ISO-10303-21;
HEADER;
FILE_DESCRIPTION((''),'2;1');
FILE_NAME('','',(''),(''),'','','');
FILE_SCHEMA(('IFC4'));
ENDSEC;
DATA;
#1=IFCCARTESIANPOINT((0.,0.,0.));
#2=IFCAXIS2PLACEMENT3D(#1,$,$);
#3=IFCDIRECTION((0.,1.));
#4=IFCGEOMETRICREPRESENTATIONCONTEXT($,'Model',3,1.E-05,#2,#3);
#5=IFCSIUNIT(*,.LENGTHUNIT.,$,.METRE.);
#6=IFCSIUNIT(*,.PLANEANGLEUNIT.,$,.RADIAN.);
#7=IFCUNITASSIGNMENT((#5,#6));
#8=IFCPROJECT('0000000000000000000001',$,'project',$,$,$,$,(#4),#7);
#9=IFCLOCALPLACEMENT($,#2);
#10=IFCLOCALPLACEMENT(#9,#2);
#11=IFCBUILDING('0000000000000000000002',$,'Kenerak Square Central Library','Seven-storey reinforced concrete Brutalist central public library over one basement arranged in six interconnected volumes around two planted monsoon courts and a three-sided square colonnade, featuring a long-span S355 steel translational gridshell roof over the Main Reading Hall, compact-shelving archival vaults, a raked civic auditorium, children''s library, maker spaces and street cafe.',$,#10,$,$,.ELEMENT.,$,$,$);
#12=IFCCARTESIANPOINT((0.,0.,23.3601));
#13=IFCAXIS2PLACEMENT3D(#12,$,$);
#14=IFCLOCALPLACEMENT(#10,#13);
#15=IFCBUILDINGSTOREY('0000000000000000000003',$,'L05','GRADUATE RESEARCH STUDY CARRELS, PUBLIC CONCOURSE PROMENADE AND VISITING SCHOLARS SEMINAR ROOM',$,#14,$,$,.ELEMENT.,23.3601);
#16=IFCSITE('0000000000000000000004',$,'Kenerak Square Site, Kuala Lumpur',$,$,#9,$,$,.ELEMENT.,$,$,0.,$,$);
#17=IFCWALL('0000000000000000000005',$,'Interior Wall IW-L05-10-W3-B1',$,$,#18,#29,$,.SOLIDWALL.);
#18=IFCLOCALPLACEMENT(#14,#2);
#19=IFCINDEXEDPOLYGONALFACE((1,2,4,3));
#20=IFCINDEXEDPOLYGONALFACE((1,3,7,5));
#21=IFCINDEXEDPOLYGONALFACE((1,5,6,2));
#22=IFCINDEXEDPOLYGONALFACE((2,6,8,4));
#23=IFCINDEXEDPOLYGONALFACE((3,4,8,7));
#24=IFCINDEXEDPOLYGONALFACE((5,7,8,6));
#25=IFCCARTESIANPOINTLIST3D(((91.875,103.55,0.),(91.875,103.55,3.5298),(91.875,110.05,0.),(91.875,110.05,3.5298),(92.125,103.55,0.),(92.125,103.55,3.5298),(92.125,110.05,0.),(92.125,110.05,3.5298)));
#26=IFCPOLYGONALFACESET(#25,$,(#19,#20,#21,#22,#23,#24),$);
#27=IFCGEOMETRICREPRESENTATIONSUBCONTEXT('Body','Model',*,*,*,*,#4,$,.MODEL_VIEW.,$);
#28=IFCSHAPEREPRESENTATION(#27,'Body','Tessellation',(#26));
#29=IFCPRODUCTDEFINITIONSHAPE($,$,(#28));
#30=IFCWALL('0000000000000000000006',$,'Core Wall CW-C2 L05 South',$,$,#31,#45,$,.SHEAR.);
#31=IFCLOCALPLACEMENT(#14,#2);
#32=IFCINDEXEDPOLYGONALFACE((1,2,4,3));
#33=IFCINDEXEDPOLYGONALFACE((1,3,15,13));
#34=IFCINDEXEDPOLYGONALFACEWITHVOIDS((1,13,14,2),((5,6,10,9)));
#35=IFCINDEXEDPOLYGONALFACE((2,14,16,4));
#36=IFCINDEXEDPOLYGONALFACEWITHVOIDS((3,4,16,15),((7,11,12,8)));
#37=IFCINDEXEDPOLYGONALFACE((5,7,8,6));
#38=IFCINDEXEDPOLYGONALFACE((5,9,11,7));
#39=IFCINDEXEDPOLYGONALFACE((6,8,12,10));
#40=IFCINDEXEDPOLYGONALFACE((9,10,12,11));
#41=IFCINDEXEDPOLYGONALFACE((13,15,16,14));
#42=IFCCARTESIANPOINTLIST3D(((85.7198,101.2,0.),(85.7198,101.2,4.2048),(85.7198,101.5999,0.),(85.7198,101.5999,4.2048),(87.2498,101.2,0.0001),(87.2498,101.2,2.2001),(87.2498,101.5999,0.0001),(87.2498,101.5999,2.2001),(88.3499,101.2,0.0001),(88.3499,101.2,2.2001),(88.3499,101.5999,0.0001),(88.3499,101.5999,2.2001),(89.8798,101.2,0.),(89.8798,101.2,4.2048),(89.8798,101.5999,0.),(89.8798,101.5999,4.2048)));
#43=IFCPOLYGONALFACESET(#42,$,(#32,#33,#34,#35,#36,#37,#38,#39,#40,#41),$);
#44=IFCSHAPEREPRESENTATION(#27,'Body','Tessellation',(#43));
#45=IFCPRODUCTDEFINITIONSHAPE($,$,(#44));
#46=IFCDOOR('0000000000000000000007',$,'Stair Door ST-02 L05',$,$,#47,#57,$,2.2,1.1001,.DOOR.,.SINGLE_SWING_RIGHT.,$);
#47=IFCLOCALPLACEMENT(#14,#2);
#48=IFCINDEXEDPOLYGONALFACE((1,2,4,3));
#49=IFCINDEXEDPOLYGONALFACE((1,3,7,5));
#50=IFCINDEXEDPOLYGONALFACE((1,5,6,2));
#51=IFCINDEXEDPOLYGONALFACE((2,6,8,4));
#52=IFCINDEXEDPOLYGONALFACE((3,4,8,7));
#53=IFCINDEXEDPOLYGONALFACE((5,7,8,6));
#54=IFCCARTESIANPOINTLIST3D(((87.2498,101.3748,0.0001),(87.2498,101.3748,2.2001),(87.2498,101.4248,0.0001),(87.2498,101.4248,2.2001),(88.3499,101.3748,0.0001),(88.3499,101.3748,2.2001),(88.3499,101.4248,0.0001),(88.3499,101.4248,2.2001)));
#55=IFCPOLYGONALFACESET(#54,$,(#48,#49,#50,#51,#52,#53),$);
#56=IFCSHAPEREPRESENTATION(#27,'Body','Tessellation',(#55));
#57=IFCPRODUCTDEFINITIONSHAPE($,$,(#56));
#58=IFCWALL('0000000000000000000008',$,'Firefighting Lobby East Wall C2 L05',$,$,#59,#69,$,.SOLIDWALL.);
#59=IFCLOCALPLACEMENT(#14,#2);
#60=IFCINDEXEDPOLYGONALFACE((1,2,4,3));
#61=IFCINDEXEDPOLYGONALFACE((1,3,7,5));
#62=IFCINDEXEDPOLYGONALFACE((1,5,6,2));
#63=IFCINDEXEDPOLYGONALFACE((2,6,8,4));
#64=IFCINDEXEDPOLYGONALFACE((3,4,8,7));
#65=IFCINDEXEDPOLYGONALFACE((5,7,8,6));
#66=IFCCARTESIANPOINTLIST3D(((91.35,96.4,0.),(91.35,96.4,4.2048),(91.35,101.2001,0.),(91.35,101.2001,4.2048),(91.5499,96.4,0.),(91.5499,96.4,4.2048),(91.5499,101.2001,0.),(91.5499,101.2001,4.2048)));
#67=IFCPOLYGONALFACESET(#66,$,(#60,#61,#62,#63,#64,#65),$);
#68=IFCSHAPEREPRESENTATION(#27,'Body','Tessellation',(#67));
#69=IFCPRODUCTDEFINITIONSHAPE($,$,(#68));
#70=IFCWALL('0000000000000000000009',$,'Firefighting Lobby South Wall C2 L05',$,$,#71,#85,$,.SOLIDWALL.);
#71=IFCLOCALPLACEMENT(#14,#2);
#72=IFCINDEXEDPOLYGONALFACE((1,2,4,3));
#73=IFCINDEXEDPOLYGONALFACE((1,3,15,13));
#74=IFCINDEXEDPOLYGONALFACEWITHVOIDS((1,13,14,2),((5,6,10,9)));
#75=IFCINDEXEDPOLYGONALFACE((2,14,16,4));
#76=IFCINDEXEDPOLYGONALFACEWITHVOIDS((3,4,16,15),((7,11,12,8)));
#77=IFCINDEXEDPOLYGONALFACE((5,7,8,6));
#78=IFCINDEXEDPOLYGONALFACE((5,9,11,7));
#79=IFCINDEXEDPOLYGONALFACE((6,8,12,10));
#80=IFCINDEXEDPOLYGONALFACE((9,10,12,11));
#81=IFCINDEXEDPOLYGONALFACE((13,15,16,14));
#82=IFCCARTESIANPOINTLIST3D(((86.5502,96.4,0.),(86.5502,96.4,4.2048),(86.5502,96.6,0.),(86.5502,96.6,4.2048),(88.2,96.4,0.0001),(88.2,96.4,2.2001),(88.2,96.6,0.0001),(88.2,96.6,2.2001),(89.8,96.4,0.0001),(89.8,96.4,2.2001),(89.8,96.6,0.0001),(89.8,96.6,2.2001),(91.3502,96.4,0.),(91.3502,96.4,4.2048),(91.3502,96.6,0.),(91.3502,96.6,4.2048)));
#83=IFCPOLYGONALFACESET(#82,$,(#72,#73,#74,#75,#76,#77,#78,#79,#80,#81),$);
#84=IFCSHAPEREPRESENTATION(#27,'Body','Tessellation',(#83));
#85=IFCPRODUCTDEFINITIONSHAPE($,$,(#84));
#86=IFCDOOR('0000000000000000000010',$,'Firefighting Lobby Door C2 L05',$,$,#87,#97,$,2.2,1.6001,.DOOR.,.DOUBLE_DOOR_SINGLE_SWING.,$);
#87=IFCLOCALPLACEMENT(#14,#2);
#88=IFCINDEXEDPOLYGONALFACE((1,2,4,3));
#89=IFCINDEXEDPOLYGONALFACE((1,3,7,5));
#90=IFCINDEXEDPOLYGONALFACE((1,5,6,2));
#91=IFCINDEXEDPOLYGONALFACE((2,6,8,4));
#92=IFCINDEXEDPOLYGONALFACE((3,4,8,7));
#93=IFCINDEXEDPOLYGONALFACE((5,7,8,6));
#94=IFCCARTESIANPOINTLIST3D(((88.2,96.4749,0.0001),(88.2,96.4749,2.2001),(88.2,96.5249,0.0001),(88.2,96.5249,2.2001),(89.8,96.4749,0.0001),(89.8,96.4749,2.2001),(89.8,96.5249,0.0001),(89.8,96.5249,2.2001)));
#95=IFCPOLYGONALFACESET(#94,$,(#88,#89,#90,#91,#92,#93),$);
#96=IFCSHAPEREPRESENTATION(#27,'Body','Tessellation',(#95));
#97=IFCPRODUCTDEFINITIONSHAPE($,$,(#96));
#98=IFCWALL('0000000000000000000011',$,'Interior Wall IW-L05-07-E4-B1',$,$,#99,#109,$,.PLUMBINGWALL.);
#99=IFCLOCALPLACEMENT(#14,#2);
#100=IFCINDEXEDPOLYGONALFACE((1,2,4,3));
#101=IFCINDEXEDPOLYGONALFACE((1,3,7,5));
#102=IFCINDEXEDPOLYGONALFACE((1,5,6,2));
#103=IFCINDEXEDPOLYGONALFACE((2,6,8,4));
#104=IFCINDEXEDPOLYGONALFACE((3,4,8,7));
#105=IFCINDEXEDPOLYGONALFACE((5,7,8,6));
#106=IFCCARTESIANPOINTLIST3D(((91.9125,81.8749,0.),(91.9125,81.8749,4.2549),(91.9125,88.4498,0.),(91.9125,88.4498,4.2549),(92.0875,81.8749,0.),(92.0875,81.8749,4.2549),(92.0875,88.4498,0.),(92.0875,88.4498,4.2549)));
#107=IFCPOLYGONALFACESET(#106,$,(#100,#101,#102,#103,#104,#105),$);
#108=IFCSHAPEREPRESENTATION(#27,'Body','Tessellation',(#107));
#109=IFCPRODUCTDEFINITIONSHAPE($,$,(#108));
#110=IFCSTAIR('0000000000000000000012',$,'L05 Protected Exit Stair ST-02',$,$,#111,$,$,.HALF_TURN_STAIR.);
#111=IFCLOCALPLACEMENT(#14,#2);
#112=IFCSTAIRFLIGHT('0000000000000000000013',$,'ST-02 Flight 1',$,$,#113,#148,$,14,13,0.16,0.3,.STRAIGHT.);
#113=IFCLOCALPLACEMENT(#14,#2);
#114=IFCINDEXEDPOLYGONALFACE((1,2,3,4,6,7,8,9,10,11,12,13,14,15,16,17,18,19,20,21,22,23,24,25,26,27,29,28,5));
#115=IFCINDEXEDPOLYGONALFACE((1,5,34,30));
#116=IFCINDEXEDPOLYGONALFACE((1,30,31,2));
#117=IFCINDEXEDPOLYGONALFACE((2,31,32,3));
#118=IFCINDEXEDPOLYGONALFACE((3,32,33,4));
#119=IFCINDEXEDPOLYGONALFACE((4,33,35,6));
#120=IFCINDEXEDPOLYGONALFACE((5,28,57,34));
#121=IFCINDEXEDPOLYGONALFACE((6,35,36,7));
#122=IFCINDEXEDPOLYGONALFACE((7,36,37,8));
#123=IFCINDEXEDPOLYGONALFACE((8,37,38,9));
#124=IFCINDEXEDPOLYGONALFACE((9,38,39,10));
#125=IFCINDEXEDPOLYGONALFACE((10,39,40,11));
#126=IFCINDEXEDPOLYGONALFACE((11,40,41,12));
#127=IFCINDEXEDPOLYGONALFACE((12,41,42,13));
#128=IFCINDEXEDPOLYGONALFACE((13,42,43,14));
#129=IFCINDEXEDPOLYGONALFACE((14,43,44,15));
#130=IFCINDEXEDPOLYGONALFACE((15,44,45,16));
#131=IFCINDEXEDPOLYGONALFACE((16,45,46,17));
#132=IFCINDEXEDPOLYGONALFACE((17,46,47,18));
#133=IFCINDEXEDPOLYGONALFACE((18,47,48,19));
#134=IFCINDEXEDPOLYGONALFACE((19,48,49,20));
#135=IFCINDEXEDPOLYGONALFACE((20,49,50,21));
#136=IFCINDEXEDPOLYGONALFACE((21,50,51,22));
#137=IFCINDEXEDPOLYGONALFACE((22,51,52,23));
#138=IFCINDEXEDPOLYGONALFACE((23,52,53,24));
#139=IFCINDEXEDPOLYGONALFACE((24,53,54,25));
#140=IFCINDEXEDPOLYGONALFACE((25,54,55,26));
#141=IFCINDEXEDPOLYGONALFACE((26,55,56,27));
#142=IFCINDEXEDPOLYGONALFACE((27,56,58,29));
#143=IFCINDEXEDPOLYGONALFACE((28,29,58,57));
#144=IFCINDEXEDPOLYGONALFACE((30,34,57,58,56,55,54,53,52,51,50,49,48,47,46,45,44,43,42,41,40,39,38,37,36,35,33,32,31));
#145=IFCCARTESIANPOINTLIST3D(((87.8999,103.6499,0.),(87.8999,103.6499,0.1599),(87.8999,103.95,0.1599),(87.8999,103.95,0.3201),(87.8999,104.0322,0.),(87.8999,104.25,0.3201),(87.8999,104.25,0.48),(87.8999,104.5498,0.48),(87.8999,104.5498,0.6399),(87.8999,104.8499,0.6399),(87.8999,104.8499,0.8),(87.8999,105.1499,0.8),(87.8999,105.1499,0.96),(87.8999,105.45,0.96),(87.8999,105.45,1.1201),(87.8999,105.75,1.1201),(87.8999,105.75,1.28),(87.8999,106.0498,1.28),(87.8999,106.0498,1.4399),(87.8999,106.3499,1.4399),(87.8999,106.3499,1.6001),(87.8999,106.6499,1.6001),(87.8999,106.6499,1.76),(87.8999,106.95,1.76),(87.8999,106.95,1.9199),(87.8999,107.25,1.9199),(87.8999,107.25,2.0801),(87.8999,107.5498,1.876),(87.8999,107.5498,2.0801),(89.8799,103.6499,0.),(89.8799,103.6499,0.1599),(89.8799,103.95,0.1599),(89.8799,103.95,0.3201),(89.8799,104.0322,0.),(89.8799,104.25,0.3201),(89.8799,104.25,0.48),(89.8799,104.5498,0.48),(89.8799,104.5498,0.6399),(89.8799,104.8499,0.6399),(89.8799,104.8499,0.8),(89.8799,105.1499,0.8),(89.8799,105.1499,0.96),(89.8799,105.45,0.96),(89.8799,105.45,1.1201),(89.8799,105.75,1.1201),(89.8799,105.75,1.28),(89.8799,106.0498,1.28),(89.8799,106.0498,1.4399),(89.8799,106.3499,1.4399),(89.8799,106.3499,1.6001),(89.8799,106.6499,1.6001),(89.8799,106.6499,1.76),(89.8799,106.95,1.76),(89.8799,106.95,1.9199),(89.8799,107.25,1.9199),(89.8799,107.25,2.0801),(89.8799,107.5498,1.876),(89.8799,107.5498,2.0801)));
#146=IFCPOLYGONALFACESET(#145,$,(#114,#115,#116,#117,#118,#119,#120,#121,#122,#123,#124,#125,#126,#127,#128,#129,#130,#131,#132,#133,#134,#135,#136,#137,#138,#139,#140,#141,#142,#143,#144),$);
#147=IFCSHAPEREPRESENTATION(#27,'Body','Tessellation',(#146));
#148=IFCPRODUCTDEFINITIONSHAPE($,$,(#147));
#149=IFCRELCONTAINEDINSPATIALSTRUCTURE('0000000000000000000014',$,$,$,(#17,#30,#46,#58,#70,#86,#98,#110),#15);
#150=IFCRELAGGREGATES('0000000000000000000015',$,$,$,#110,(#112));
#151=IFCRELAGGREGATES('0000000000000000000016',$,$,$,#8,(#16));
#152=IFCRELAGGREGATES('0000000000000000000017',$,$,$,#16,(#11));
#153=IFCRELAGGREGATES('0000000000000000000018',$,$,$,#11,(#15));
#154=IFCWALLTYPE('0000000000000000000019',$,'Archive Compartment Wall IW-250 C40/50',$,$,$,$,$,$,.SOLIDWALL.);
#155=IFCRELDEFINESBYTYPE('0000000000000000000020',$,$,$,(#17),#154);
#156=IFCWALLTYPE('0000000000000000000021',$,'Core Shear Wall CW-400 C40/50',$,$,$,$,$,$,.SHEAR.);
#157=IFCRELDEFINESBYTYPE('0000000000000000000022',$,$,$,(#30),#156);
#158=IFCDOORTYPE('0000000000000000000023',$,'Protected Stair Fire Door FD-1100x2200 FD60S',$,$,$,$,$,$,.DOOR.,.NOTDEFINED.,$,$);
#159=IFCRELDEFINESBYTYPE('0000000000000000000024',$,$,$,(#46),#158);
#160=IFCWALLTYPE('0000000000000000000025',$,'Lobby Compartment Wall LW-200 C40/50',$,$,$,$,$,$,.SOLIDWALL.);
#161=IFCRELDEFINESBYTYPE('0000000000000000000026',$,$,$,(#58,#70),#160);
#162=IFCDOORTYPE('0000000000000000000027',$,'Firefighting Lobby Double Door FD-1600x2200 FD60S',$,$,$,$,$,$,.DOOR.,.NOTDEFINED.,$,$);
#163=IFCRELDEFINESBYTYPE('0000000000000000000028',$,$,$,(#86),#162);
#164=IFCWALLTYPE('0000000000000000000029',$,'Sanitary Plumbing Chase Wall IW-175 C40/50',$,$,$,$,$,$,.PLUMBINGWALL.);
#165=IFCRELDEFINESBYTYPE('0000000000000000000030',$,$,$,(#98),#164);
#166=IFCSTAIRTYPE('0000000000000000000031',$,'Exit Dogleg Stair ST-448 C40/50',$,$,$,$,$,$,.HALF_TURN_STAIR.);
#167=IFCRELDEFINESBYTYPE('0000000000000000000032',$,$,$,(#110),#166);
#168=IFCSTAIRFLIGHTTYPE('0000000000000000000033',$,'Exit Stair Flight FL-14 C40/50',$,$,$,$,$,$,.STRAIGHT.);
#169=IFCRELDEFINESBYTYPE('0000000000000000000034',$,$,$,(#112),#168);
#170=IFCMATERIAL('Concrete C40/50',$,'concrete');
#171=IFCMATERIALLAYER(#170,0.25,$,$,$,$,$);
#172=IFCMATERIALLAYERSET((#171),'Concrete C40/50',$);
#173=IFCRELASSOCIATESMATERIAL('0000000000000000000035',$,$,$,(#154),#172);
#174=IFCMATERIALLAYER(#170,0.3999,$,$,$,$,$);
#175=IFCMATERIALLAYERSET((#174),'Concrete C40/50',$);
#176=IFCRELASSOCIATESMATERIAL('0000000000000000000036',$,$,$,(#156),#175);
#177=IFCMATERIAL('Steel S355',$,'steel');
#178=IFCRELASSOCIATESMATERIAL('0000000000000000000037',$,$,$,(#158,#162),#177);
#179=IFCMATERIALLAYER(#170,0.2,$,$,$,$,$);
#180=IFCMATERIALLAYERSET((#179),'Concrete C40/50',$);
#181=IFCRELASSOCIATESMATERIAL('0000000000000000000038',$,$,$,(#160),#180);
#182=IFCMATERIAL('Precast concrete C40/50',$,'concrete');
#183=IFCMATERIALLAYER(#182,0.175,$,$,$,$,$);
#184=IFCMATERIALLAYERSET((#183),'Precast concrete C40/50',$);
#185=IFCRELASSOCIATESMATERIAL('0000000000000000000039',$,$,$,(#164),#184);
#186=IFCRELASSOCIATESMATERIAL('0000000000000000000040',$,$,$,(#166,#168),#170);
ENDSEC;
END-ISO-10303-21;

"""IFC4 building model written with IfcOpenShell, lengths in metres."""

from ifc_helpers import new_model, si_unit, direction, frame, frame_2d, origin, place, context, subcontext, project, spatial, polyline, rectangle, outline, extrude, material, layer, layer_set, type_object, element, fill, aggregate, save


model = new_model("IFC4")

# Units and contexts
model_context = context("Model", 3, precision=1e-05, world=origin(), true_north=direction((0.0, 1.0)))
body_context = subcontext(model_context, "Body", "Model", "MODEL_VIEW")
ifc_project = project(units=[si_unit("LENGTHUNIT", "METRE"), si_unit("PLANEANGLEUNIT", "RADIAN")], contexts=[model_context])

# Site, building, storey
site_placement = place(None, origin())
site = spatial("IfcSite", under=ifc_project, at=site_placement, Name="Kenerak Square Site, Kuala Lumpur", CompositionType="ELEMENT", RefElevation=0.0)
building_placement = place(site_placement, origin())
building = spatial("IfcBuilding", under=site, at=building_placement, Name="Kenerak Square Central Library", Description="Seven-storey reinforced concrete Brutalist central public library over one basement arranged in six interconnected volumes around two planted monsoon courts and a three-sided square colonnade, featuring a long-span S355 steel translational gridshell roof over the Main Reading Hall, compact-shelving archival vaults, a raked civic auditorium, children's library, maker spaces and street cafe.", CompositionType="ELEMENT")
storey_placement = place(building_placement, frame((0.0, 0.0, 23.3601)))
storey = spatial("IfcBuildingStorey", under=building, at=storey_placement, Name="L05", Description="GRADUATE RESEARCH STUDY CARRELS, PUBLIC CONCOURSE PROMENADE AND VISITING SCHOLARS SEMINAR ROOM", CompositionType="ELEMENT", Elevation=23.3601)

# Shared definitions
ifc_material_1 = material(Name="Concrete C40/50", Category="concrete")

# Shared definitions
ifc_layer_1 = layer(ifc_material_1, 0.25)
ifc_layer_set_1 = layer_set([ifc_layer_1], Name="Concrete C40/50")
wall_type_1 = type_object("IfcWallType", Name="Archive Compartment Wall IW-250 C40/50", PredefinedType="SOLIDWALL", material=ifc_layer_set_1)
ifc_material_2 = material(Name="Steel S355", Category="steel")

# Wall
wall_1_placement = place(storey_placement, frame((92.0, 103.55, 0.0), z_axis=(0.0, 0.0, 1.0), x_axis=(0.0, 1.0, 0.0)))
element("IfcWall", 1, at=wall_1_placement, inside=storey, type_object=wall_type_1, Name="Interior Wall IW-L05-10-W3-B1", PredefinedType="SOLIDWALL", context=body_context, shape_type="SweptSolid", body=[
    extrude(rectangle(XDim=6.5, YDim=0.25, at=frame_2d((3.25, 0.0))), origin(), (0.0, 0.0, 1.0), 3.5298),
])

# Wall, opening, door
ifc_layer_2 = layer(ifc_material_1, 0.3999)
ifc_layer_set_2 = layer_set([ifc_layer_2], Name="Concrete C40/50")
wall_type_2 = type_object("IfcWallType", Name="Core Shear Wall CW-400 C40/50", PredefinedType="SHEAR", material=ifc_layer_set_2)
wall_2_placement = place(storey_placement, frame((89.8799, 101.3999, 0.0), z_axis=(0.0, 0.0, 1.0), x_axis=(-1.0, 0.0, 0.0)))
wall_2 = element("IfcWall", 2, at=wall_2_placement, inside=storey, type_object=wall_type_2, Name="Core Wall CW-C2 L05 South", PredefinedType="SHEAR", context=body_context, shape_type="SweptSolid", body=[
    extrude(rectangle(XDim=4.1599, YDim=0.3999, at=frame_2d((2.0801, 0.0))), origin(), (0.0, 0.0, 1.0), 4.2048),
])
opening_1_placement = place(wall_2_placement, frame((1.53, 0.0, 0.0)))
opening_1 = element("IfcOpeningElement", 3, at=opening_1_placement, cuts=wall_2, PredefinedType="OPENING", context=body_context, shape_type="SweptSolid", body=[
    extrude(rectangle(XDim=1.1001, YDim=2.2, at=frame_2d((0.55, 1.1001))), frame((0.0, 0.21, 0.0), z_axis=(0.0, -1.0, 0.0), x_axis=(1.0, 0.0, 0.0)), (0.0, 0.0, 1.0), 0.4199),
])
door_type_1 = type_object("IfcDoorType", Name="Protected Stair Fire Door FD-1100x2200 FD60S", OperationType="NOTDEFINED", PredefinedType="DOOR", material=ifc_material_2)
door_1_placement = place(opening_1_placement, frame((1.1001, 0.0, 0.0), z_axis=(0.0, 0.0, 1.0), x_axis=(-1.0, 0.0, 0.0)))
door_1 = element("IfcDoor", 4, at=door_1_placement, inside=storey, type_object=door_type_1, Name="Stair Door ST-02 L05", OperationType="SINGLE_SWING_RIGHT", OverallHeight=2.2, OverallWidth=1.1001, PredefinedType="DOOR", context=body_context, shape_type="SweptSolid", body=[
    extrude(rectangle(XDim=1.1001, YDim=2.2, at=frame_2d((0.55, 1.1001))), frame((0.0, 0.0249, 0.0), z_axis=(0.0, -1.0, 0.0), x_axis=(1.0, 0.0, 0.0)), (0.0, 0.0, 1.0), 0.05),
])
fill(opening_1, door_1)

# Wall
ifc_layer_3 = layer(ifc_material_1, 0.2)
ifc_layer_set_3 = layer_set([ifc_layer_3], Name="Concrete C40/50")
wall_type_3 = type_object("IfcWallType", Name="Lobby Compartment Wall LW-200 C40/50", PredefinedType="SOLIDWALL", material=ifc_layer_set_3)
wall_3_placement = place(storey_placement, frame((91.45, 101.2, 0.0), z_axis=(0.0, 0.0, 1.0), x_axis=(0.0, -1.0, 0.0)))
element("IfcWall", 5, at=wall_3_placement, inside=storey, type_object=wall_type_3, Name="Firefighting Lobby East Wall C2 L05", PredefinedType="SOLIDWALL", context=body_context, shape_type="SweptSolid", body=[
    extrude(rectangle(XDim=4.8, YDim=0.2, at=frame_2d((2.3999, 0.0))), origin(), (0.0, 0.0, 1.0), 4.2048),
])

# Wall, opening, door
wall_4_placement = place(storey_placement, frame((91.3501, 96.5, 0.0), z_axis=(0.0, 0.0, 1.0), x_axis=(-1.0, 0.0, 0.0)))
wall_4 = element("IfcWall", 6, at=wall_4_placement, inside=storey, type_object=wall_type_3, Name="Firefighting Lobby South Wall C2 L05", PredefinedType="SOLIDWALL", context=body_context, shape_type="SweptSolid", body=[
    extrude(rectangle(XDim=4.8, YDim=0.2, at=frame_2d((2.3999, 0.0))), origin(), (0.0, 0.0, 1.0), 4.2048),
])
opening_2_placement = place(wall_4_placement, frame((1.55, 0.0, 0.0)))
opening_2 = element("IfcOpeningElement", 7, at=opening_2_placement, cuts=wall_4, PredefinedType="OPENING", context=body_context, shape_type="SweptSolid", body=[
    extrude(rectangle(XDim=1.6001, YDim=2.2, at=frame_2d((0.8, 1.1001))), frame((0.0, 0.1099, 0.0), z_axis=(0.0, -1.0, 0.0), x_axis=(1.0, 0.0, 0.0)), (0.0, 0.0, 1.0), 0.22),
])
door_type_2 = type_object("IfcDoorType", Name="Firefighting Lobby Double Door FD-1600x2200 FD60S", OperationType="NOTDEFINED", PredefinedType="DOOR", material=ifc_material_2)
door_2_placement = place(opening_2_placement, frame((1.6001, 0.0, 0.0), z_axis=(0.0, 0.0, 1.0), x_axis=(-1.0, 0.0, 0.0)))
door_2 = element("IfcDoor", 8, at=door_2_placement, inside=storey, type_object=door_type_2, Name="Firefighting Lobby Door C2 L05", OperationType="DOUBLE_DOOR_SINGLE_SWING", OverallHeight=2.2, OverallWidth=1.6001, PredefinedType="DOOR", context=body_context, shape_type="SweptSolid", body=[
    extrude(rectangle(XDim=1.6001, YDim=2.2, at=frame_2d((0.8, 1.1001))), frame((0.0, 0.0249, 0.0), z_axis=(0.0, -1.0, 0.0), x_axis=(1.0, 0.0, 0.0)), (0.0, 0.0, 1.0), 0.05),
])
fill(opening_2, door_2)

# Wall
ifc_material_3 = material(Name="Precast concrete C40/50", Category="concrete")
ifc_layer_4 = layer(ifc_material_3, 0.175)
ifc_layer_set_4 = layer_set([ifc_layer_4], Name="Precast concrete C40/50")
wall_type_4 = type_object("IfcWallType", Name="Sanitary Plumbing Chase Wall IW-175 C40/50", PredefinedType="PLUMBINGWALL", material=ifc_layer_set_4)
wall_5_placement = place(storey_placement, frame((92.0, 88.45, 0.0), z_axis=(0.0, 0.0, 1.0), x_axis=(0.0, -1.0, 0.0)))
element("IfcWall", 9, at=wall_5_placement, inside=storey, type_object=wall_type_4, Name="Interior Wall IW-L05-07-E4-B1", PredefinedType="PLUMBINGWALL", context=body_context, shape_type="SweptSolid", body=[
    extrude(rectangle(XDim=6.575, YDim=0.175, at=frame_2d((3.2876, 0.0))), origin(), (0.0, 0.0, 1.0), 4.2549),
])

# Stair, stair flight
stair_type = type_object("IfcStairType", Name="Exit Dogleg Stair ST-448 C40/50", PredefinedType="HALF_TURN_STAIR", material=ifc_material_1)
stair_placement = place(storey_placement, origin())
stair = element("IfcStair", 10, at=stair_placement, inside=storey, type_object=stair_type, Name="L05 Protected Exit Stair ST-02", PredefinedType="HALF_TURN_STAIR")
stair_flight_type = type_object("IfcStairFlightType", Name="Exit Stair Flight FL-14 C40/50", PredefinedType="STRAIGHT", material=ifc_material_1)
stair_flight_placement = place(storey_placement, frame((88.8899, 103.6499, 0.0), z_axis=(0.0, 0.0, 1.0), x_axis=(0.0, 1.0, 0.0)))
stair_flight = element("IfcStairFlight", 11, at=stair_flight_placement, type_object=stair_flight_type, Name="ST-02 Flight 1", NumberOfRisers=14, NumberOfTreads=13, PredefinedType="STRAIGHT", RiserHeight=0.16, TreadLength=0.3, context=body_context, shape_type="SweptSolid", body=[
    extrude(outline(polyline([(0.0, 0.0), (0.0, 0.1599), (0.3, 0.1599), (0.3, 0.3201), (0.6001, 0.3201), (0.6001, 0.48), (0.8999, 0.48), (0.8999, 0.6399), (1.2, 0.6399), (1.2, 0.8), (1.5, 0.8), (1.5, 0.96), (1.8, 0.96), (1.8, 1.1201), (2.1001, 1.1201), (2.1001, 1.28), (2.3999, 1.28), (2.3999, 1.4399), (2.7, 1.4399), (2.7, 1.6001), (3.0, 1.6001), (3.0, 1.76), (3.3, 1.76), (3.3, 1.9199), (3.6001, 1.9199), (3.6001, 2.0801), (3.8999, 2.0801), (3.8999, 2.24), (3.8999, 1.876), (0.3823, 0.0), (0.0, 0.0)])), frame((0.0, 0.99, 0.0), z_axis=(0.0, -1.0, 0.0), x_axis=(1.0, 0.0, 0.0)), (0.0, 0.0, 1.0), 1.98),
])
aggregate(stair, [stair_flight])

save(model, "model.ifc")
